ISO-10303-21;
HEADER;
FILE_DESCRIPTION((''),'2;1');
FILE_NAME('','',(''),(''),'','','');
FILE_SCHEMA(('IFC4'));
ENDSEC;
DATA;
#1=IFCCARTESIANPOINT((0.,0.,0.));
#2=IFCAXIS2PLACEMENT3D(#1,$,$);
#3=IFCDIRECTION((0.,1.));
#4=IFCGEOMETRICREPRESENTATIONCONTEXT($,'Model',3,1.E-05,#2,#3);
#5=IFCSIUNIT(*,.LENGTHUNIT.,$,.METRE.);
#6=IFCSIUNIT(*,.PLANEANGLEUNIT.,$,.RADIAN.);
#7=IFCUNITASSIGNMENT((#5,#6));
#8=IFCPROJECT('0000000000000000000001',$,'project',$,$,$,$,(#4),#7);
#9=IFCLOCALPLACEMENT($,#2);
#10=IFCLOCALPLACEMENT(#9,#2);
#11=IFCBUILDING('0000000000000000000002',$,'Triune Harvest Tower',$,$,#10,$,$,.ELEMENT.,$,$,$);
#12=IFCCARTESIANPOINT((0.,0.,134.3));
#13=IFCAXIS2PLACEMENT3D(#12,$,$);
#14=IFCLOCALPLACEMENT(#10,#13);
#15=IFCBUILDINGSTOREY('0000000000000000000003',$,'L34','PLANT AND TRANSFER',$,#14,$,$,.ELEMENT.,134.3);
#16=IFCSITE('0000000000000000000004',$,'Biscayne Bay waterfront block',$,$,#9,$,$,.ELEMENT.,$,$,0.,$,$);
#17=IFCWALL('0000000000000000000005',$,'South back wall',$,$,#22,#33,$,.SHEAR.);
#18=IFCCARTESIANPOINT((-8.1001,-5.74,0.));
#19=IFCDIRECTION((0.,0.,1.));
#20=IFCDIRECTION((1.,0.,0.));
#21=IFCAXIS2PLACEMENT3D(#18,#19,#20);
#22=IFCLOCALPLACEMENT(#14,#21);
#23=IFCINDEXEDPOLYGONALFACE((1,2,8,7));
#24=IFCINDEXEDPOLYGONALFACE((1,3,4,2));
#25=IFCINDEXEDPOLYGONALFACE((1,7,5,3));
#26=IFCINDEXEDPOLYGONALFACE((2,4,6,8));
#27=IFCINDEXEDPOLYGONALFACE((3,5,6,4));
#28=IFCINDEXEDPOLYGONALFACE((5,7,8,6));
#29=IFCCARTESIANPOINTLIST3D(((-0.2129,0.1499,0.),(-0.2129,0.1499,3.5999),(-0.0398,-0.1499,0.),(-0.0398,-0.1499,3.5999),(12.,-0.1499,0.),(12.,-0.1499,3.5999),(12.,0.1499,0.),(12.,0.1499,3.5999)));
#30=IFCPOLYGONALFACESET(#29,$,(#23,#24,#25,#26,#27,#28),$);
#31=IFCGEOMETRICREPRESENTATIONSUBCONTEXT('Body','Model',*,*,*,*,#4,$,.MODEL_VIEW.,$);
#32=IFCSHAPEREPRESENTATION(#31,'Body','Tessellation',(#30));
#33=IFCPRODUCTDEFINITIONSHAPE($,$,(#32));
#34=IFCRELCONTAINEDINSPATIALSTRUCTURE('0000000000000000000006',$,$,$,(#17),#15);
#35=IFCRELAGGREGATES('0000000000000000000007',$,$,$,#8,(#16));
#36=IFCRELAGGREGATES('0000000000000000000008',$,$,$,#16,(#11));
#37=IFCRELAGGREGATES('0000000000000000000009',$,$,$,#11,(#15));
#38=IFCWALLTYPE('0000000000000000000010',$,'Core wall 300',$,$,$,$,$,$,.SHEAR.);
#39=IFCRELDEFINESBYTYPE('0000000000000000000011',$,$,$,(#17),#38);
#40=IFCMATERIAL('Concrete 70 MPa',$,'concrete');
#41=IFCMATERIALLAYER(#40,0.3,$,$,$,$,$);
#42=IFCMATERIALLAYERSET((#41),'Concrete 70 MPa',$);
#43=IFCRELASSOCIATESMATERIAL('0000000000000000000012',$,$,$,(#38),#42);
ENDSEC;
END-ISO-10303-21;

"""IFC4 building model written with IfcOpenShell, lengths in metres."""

from ifc_helpers import new_model, si_unit, direction, frame, origin, place, context, subcontext, project, spatial, polyline, outline, extrude, material, layer, layer_set, type_object, element, save


model = new_model("IFC4")

# Units and contexts
model_context = context("Model", 3, precision=1e-05, world=origin(), true_north=direction((0.0, 1.0)))
body_context = subcontext(model_context, "Body", "Model", "MODEL_VIEW")
ifc_project = project(units=[si_unit("LENGTHUNIT", "METRE"), si_unit("PLANEANGLEUNIT", "RADIAN")], contexts=[model_context])

# Site, building, storey
site_placement = place(None, origin())
site = spatial("IfcSite", under=ifc_project, at=site_placement, Name="Biscayne Bay waterfront block", CompositionType="ELEMENT", RefElevation=0.0)
building_placement = place(site_placement, origin())
building = spatial("IfcBuilding", under=site, at=building_placement, Name="Triune Harvest Tower", CompositionType="ELEMENT")
storey_placement = place(building_placement, frame((0.0, 0.0, 134.3)))
storey = spatial("IfcBuildingStorey", under=building, at=storey_placement, Name="L34", Description="PLANT AND TRANSFER", CompositionType="ELEMENT", Elevation=134.3)

# Shared definitions
ifc_material_1 = material(Name="Concrete 70 MPa", Category="concrete")
ifc_layer_1 = layer(ifc_material_1, 0.3)
ifc_layer_set_1 = layer_set([ifc_layer_1], Name="Concrete 70 MPa")
wall_type = type_object("IfcWallType", Name="Core wall 300", PredefinedType="SHEAR", material=ifc_layer_set_1)

# Wall
wall_1_placement = place(storey_placement, frame((-8.1001, -5.74, 0.0), z_axis=(0.0, 0.0, 1.0), x_axis=(1.0, 0.0, 0.0)))
element("IfcWall", 1, at=wall_1_placement, inside=storey, type_object=wall_type, Name="South back wall", PredefinedType="SHEAR", context=body_context, shape_type="SweptSolid", body=[
    extrude(outline(polyline([(12.0, -0.1499), (-0.0398, -0.1499), (-0.2129, 0.1499), (12.0, 0.1499), (12.0, -0.1499)])), origin(), (0.0, 0.0, 1.0), 3.5999),
])

save(model, "model.ifc")
